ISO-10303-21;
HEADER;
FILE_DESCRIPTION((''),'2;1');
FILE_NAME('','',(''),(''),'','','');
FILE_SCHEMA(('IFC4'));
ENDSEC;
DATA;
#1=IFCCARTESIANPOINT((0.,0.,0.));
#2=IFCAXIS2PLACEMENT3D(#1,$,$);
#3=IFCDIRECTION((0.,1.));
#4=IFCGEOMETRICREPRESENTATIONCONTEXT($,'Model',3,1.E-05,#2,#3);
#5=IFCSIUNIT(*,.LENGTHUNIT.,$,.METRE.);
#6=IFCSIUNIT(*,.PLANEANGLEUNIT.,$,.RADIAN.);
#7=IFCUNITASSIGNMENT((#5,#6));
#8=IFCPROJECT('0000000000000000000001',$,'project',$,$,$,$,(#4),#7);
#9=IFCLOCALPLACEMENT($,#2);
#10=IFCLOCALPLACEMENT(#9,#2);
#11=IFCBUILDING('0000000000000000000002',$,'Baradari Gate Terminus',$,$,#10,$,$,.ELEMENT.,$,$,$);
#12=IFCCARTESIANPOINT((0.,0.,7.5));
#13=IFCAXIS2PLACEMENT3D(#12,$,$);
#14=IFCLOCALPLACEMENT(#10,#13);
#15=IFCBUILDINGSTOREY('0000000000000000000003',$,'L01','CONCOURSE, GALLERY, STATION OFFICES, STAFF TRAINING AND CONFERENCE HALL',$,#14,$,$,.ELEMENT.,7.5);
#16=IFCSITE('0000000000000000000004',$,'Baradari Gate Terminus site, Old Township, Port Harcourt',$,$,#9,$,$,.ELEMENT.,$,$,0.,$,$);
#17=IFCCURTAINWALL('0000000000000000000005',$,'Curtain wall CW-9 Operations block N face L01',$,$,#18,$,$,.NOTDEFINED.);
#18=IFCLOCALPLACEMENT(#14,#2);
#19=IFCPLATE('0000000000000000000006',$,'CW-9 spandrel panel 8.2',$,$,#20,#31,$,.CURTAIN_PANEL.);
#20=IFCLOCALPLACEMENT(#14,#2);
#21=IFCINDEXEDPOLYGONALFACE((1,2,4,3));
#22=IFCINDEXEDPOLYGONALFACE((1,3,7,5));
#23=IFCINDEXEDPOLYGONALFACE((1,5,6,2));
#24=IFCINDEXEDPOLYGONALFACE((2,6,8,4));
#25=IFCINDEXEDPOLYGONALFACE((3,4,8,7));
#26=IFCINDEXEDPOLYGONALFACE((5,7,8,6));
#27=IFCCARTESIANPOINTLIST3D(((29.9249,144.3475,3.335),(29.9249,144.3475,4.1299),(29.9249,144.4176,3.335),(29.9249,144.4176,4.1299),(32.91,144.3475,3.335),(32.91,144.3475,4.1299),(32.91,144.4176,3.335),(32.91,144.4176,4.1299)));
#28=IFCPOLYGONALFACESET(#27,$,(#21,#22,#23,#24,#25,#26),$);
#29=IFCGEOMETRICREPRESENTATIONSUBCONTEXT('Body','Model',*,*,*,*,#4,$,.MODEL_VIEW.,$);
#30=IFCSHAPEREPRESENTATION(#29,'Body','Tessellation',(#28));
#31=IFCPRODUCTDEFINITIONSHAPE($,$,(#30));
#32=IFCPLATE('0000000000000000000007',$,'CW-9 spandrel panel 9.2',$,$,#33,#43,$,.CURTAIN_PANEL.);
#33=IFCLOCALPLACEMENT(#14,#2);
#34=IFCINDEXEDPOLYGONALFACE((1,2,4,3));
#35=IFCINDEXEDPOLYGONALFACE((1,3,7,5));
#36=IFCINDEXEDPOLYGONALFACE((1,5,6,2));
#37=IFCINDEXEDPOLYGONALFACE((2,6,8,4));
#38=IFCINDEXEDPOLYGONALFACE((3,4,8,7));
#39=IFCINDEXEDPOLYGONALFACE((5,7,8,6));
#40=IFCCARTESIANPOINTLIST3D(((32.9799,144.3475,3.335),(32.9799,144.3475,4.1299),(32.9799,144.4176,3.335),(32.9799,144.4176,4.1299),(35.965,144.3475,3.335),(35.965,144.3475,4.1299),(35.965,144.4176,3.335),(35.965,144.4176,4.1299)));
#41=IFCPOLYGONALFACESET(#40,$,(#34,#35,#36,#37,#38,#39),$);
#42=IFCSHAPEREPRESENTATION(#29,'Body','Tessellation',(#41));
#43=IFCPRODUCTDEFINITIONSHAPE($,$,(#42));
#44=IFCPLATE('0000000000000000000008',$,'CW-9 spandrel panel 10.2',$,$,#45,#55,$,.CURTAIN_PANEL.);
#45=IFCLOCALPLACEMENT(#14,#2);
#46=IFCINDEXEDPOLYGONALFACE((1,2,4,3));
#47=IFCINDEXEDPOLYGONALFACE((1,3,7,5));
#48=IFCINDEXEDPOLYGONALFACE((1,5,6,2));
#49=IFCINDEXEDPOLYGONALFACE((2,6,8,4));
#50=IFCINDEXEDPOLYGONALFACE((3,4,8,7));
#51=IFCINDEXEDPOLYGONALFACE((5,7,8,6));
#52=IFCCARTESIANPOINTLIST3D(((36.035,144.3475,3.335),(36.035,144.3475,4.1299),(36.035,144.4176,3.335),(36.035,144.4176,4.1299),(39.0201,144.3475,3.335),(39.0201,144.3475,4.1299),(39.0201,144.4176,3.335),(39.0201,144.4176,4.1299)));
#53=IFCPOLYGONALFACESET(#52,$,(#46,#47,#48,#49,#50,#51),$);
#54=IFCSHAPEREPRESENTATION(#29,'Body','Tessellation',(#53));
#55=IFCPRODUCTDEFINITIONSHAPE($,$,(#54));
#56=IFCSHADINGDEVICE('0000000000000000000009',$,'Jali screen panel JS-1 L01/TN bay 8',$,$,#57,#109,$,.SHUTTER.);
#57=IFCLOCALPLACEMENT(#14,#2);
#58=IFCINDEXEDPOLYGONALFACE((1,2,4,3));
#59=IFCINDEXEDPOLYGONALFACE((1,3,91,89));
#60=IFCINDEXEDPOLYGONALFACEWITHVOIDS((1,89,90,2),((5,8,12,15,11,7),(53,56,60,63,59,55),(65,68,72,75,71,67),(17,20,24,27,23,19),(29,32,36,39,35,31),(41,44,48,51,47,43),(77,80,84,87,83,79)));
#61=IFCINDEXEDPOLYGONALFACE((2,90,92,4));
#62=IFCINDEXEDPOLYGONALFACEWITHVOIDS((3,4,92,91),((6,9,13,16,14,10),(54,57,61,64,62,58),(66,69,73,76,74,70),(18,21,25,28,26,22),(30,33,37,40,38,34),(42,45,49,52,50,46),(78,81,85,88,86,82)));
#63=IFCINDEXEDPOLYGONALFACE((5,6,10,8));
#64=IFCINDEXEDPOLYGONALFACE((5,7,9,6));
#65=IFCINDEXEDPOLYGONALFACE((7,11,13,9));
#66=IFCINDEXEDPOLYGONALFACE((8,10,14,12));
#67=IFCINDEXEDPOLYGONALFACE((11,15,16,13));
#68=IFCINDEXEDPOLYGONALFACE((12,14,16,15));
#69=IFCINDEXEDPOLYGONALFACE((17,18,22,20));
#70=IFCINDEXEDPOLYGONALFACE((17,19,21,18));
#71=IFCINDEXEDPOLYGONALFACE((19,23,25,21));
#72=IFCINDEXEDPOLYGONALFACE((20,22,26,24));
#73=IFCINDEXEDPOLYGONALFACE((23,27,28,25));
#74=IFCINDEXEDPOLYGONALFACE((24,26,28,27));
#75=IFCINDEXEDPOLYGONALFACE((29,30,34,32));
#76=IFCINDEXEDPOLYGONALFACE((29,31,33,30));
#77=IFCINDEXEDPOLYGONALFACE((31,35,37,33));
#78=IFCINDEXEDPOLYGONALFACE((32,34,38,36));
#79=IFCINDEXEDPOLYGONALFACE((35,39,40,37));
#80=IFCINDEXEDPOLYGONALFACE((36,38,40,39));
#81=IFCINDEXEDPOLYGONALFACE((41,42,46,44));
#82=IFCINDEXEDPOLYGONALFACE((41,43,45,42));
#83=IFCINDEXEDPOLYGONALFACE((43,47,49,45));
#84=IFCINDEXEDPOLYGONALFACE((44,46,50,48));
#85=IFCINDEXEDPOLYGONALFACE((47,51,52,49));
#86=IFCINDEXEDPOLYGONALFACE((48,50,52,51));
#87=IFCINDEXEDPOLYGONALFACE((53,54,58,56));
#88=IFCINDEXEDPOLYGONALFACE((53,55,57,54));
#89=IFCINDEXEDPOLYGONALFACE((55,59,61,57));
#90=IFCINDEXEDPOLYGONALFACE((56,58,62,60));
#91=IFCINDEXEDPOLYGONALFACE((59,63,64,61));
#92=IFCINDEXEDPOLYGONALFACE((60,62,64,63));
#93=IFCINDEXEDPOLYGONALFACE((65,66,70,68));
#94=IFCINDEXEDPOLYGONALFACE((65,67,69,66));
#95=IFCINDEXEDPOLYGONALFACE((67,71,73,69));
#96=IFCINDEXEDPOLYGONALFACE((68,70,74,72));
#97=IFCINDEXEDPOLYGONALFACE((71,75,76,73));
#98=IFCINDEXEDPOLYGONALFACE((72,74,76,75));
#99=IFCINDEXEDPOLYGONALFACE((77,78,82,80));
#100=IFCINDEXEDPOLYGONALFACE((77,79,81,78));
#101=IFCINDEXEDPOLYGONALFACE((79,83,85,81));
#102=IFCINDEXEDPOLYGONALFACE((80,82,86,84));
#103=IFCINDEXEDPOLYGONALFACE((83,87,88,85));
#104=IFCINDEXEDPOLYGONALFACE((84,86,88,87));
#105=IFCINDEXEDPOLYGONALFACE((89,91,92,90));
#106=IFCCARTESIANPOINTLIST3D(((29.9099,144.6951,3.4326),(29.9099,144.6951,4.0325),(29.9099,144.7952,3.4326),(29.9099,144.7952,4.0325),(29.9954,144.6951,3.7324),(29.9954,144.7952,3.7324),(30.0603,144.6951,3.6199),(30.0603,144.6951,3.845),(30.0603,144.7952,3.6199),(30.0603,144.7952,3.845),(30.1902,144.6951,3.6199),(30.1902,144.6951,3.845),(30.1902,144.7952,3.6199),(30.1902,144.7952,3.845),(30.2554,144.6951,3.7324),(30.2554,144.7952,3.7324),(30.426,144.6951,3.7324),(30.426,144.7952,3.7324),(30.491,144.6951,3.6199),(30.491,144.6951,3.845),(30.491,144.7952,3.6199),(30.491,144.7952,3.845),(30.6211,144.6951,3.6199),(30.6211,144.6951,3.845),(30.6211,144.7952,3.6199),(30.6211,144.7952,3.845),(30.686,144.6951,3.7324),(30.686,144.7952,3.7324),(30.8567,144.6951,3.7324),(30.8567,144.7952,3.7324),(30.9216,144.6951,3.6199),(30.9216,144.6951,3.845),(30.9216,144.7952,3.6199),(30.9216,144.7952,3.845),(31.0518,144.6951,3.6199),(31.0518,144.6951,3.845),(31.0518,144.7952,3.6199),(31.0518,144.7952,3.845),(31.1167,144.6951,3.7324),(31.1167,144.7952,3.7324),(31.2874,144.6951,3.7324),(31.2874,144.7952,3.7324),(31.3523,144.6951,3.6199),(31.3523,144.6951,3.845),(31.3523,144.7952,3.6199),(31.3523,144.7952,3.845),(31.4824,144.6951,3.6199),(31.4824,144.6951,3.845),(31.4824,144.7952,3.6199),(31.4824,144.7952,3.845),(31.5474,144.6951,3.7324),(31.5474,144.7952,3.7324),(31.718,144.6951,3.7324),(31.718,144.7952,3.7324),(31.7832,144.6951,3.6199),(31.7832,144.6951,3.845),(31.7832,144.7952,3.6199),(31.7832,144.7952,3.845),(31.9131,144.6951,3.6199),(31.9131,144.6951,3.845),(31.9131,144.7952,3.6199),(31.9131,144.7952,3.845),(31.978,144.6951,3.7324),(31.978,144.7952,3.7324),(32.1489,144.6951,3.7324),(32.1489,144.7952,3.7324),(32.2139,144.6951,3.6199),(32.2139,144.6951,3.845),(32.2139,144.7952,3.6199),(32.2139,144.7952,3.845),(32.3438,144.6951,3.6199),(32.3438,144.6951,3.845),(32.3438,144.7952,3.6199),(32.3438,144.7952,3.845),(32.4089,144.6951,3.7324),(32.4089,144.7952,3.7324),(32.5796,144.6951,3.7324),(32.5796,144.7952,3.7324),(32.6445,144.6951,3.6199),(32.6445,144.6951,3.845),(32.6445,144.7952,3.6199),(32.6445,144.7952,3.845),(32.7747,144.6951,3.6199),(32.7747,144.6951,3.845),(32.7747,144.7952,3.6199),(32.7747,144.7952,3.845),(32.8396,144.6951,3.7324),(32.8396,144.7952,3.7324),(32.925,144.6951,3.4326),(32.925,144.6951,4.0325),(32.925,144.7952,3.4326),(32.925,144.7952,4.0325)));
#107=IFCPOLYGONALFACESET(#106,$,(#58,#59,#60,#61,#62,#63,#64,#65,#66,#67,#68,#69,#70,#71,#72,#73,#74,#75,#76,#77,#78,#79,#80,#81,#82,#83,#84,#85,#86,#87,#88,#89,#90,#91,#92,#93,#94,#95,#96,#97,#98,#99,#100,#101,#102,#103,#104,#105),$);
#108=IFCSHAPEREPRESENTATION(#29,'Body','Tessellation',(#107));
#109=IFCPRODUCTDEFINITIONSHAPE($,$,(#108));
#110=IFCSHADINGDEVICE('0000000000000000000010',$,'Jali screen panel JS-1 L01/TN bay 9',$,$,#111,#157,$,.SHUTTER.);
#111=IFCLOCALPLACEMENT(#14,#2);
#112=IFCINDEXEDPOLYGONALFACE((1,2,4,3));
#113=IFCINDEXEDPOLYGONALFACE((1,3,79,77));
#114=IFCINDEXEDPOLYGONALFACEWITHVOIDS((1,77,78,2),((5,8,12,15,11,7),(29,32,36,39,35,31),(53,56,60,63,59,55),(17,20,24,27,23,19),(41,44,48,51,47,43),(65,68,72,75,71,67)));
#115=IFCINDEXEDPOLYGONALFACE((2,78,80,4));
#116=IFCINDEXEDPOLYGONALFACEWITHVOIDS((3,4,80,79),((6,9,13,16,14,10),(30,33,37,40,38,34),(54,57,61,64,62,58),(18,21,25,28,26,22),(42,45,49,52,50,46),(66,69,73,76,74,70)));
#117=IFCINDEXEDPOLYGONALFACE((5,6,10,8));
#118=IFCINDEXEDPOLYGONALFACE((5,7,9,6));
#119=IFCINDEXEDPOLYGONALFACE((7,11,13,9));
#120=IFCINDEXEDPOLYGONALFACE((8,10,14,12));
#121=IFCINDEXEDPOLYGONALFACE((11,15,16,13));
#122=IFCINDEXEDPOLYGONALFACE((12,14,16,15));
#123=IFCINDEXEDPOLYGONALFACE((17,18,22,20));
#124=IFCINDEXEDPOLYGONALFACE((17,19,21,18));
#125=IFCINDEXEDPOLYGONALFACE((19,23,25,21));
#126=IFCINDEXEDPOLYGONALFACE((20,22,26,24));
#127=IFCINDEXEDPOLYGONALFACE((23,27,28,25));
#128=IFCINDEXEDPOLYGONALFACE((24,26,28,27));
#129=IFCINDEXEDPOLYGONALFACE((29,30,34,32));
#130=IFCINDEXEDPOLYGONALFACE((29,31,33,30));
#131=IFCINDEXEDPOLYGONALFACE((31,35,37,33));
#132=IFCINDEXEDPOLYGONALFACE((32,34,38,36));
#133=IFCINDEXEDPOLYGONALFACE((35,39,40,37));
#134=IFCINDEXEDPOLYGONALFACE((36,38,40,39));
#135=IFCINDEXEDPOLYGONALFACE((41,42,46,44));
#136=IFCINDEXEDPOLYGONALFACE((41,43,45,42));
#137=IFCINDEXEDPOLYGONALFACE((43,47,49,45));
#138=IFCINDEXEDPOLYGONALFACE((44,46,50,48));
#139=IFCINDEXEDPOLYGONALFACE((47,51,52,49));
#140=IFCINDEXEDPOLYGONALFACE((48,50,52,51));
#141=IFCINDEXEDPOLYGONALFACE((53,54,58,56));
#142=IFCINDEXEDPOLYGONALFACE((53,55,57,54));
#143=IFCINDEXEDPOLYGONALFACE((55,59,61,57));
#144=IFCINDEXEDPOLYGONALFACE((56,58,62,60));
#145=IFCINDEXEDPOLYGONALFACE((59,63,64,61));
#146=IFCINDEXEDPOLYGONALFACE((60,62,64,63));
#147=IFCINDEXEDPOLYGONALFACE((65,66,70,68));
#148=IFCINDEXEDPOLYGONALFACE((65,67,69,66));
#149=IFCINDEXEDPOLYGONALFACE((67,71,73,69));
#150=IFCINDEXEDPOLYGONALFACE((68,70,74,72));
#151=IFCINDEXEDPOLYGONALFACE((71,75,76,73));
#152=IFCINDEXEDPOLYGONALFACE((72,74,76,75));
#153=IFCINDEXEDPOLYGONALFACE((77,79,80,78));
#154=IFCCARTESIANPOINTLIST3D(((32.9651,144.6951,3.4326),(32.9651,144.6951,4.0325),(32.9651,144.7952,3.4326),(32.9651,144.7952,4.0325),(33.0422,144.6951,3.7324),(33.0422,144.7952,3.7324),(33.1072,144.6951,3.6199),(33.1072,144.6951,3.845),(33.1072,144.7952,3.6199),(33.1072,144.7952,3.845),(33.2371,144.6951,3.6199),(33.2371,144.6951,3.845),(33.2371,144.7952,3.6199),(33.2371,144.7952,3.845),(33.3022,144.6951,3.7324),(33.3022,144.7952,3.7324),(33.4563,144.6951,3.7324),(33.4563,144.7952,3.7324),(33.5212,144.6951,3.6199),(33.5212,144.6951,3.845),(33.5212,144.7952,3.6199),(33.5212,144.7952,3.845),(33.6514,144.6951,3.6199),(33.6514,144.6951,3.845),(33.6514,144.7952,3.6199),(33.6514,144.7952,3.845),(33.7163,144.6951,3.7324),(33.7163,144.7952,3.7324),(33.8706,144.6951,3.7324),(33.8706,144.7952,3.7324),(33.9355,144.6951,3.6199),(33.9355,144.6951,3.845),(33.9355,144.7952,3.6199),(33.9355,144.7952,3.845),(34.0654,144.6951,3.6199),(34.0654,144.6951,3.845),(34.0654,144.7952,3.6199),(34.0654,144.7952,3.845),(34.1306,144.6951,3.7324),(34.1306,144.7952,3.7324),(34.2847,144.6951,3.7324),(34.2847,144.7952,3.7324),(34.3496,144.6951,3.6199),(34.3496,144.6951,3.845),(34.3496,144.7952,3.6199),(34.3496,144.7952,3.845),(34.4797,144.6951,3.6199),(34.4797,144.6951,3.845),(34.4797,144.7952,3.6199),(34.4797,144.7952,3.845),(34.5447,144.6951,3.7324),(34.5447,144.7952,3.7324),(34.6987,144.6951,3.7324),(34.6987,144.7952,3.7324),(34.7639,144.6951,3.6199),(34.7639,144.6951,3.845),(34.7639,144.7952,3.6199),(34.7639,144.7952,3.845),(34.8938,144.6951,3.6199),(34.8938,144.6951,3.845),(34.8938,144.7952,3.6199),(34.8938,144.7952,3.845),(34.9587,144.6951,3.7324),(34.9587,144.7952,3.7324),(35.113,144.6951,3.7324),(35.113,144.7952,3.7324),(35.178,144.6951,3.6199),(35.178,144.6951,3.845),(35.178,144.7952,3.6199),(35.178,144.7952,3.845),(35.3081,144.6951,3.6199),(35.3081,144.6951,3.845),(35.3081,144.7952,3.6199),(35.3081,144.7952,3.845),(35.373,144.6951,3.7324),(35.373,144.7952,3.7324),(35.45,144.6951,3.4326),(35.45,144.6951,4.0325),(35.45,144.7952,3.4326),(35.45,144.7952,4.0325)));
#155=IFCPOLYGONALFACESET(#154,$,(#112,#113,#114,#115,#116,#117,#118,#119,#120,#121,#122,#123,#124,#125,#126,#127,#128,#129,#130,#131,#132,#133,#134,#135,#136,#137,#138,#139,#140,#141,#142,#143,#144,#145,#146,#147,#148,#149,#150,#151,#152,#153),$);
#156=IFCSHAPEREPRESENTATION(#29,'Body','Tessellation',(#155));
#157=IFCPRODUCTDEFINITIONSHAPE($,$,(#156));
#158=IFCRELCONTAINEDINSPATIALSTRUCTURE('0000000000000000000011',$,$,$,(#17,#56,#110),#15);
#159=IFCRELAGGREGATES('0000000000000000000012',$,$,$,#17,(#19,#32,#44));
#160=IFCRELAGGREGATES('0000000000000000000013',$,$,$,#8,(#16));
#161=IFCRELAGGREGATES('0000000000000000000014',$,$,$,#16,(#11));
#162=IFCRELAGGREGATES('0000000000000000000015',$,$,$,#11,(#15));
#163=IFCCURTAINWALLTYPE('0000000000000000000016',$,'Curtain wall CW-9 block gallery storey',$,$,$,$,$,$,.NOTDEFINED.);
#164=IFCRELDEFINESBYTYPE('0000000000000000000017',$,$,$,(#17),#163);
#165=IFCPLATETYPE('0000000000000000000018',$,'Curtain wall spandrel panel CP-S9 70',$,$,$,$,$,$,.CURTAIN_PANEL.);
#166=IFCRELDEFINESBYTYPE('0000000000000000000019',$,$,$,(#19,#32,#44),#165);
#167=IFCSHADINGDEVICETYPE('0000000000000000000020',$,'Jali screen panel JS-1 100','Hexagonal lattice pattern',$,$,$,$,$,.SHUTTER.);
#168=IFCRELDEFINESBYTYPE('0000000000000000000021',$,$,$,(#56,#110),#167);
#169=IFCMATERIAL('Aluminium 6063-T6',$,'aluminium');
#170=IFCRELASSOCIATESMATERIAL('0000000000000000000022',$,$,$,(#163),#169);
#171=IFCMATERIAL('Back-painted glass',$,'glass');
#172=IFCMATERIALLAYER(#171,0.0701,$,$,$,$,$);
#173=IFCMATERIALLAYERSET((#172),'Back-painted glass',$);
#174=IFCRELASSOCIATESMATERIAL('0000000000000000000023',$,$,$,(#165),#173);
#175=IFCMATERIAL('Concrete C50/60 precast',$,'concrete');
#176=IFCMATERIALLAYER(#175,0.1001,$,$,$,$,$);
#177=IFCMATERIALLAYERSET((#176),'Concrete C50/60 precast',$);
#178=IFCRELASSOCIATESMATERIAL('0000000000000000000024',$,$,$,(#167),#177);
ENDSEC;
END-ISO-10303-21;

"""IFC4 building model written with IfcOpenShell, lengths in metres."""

from ifc_helpers import new_model, si_unit, direction, frame, origin, origin_2d, place, context, subcontext, project, spatial, polyline, rectangle, outline, extrude, material, layer, layer_set, type_object, element, aggregate, save


model = new_model("IFC4")

# Units and contexts
model_context = context("Model", 3, precision=1e-05, world=origin(), true_north=direction((0.0, 1.0)))
body_context = subcontext(model_context, "Body", "Model", "MODEL_VIEW")
ifc_project = project(units=[si_unit("LENGTHUNIT", "METRE"), si_unit("PLANEANGLEUNIT", "RADIAN")], contexts=[model_context])

# Site, building, storey
site_placement = place(None, origin())
site = spatial("IfcSite", under=ifc_project, at=site_placement, Name="Baradari Gate Terminus site, Old Township, Port Harcourt", CompositionType="ELEMENT", RefElevation=0.0)
building_placement = place(site_placement, origin())
building = spatial("IfcBuilding", under=site, at=building_placement, Name="Baradari Gate Terminus", CompositionType="ELEMENT")
storey_placement = place(building_placement, frame((0.0, 0.0, 7.5)))
storey = spatial("IfcBuildingStorey", under=building, at=storey_placement, Name="L01", Description="CONCOURSE, GALLERY, STATION OFFICES, STAFF TRAINING AND CONFERENCE HALL", CompositionType="ELEMENT", Elevation=7.5)

# Curtain wall, plates
ifc_material_1 = material(Name="Aluminium 6063-T6", Category="aluminium")
curtain_wall_type = type_object("IfcCurtainWallType", Name="Curtain wall CW-9 block gallery storey", PredefinedType="NOTDEFINED", material=ifc_material_1)
curtain_wall_placement = place(storey_placement, origin())
curtain_wall = element("IfcCurtainWall", 1, at=curtain_wall_placement, inside=storey, type_object=curtain_wall_type, Name="Curtain wall CW-9 Operations block N face L01", PredefinedType="NOTDEFINED")
ifc_material_2 = material(Name="Back-painted glass", Category="glass")
ifc_layer_1 = layer(ifc_material_2, 0.0701)
ifc_layer_set_1 = layer_set([ifc_layer_1], Name="Back-painted glass")
plate_type_1 = type_object("IfcPlateType", Name="Curtain wall spandrel panel CP-S9 70", PredefinedType="CURTAIN_PANEL", material=ifc_layer_set_1)
plate_1_placement = place(storey_placement, frame((31.4175, 144.3826, 3.335), z_axis=(0.0, 0.0, 1.0), x_axis=(1.0, 0.0, 0.0)))
plate_1 = element("IfcPlate", 2, at=plate_1_placement, type_object=plate_type_1, Name="CW-9 spandrel panel 8.2", PredefinedType="CURTAIN_PANEL", context=body_context, shape_type="SweptSolid", body=[
    extrude(rectangle(XDim=2.9851, YDim=0.0701, at=origin_2d()), origin(), (0.0, 0.0, 1.0), 0.7949),
])
plate_2_placement = place(storey_placement, frame((34.4724, 144.3826, 3.335), z_axis=(0.0, 0.0, 1.0), x_axis=(1.0, 0.0, 0.0)))
plate_2 = element("IfcPlate", 3, at=plate_2_placement, type_object=plate_type_1, Name="CW-9 spandrel panel 9.2", PredefinedType="CURTAIN_PANEL", context=body_context, shape_type="SweptSolid", body=[
    extrude(rectangle(XDim=2.9851, YDim=0.0701, at=origin_2d()), origin(), (0.0, 0.0, 1.0), 0.7949),
])
plate_3_placement = place(storey_placement, frame((37.5276, 144.3826, 3.335), z_axis=(0.0, 0.0, 1.0), x_axis=(1.0, 0.0, 0.0)))
plate_3 = element("IfcPlate", 4, at=plate_3_placement, type_object=plate_type_1, Name="CW-9 spandrel panel 10.2", PredefinedType="CURTAIN_PANEL", context=body_context, shape_type="SweptSolid", body=[
    extrude(rectangle(XDim=2.9851, YDim=0.0701, at=origin_2d()), origin(), (0.0, 0.0, 1.0), 0.7949),
])
aggregate(curtain_wall, [plate_1, plate_2, plate_3])

# Shading devices
ifc_material_3 = material(Name="Concrete C50/60 precast", Category="concrete")
ifc_layer_2 = layer(ifc_material_3, 0.1001)
ifc_layer_set_2 = layer_set([ifc_layer_2], Name="Concrete C50/60 precast")
shading_device_type = type_object("IfcShadingDeviceType", Name="Jali screen panel JS-1 100", Description="Hexagonal lattice pattern", PredefinedType="SHUTTER", material=ifc_layer_set_2)
shading_device_placement = place(storey_placement, frame((29.9099, 144.7451, 3.4326), z_axis=(0.0, 0.0, 1.0), x_axis=(1.0, 0.0, 0.0)))
element("IfcShadingDevice", 5, at=shading_device_placement, inside=storey, type_object=shading_device_type, Name="Jali screen panel JS-1 L01/TN bay 8", PredefinedType="SHUTTER", context=body_context, shape_type="SweptSolid", body=[
    extrude(outline(polyline([(0.0, 0.0), (3.0151, 0.0), (3.0151, 0.5999), (0.0, 0.5999), (0.0, 0.0)]), holes=[polyline([(0.3455, 0.2998), (0.2803, 0.1873), (0.1504, 0.1873), (0.0854, 0.2998), (0.1504, 0.4124), (0.2803, 0.4124), (0.3455, 0.2998)]), polyline([(0.7761, 0.2998), (0.7112, 0.1873), (0.5811, 0.1873), (0.5161, 0.2998), (0.5811, 0.4124), (0.7112, 0.4124), (0.7761, 0.2998)]), polyline([(1.2068, 0.2998), (1.1418, 0.1873), (1.0117, 0.1873), (0.9468, 0.2998), (1.0117, 0.4124), (1.1418, 0.4124), (1.2068, 0.2998)]), polyline([(1.6375, 0.2998), (1.5725, 0.1873), (1.4424, 0.1873), (1.3774, 0.2998), (1.4424, 0.4124), (1.5725, 0.4124), (1.6375, 0.2998)]), polyline([(2.0681, 0.2998), (2.0032, 0.1873), (1.8733, 0.1873), (1.8081, 0.2998), (1.8733, 0.4124), (2.0032, 0.4124), (2.0681, 0.2998)]), polyline([(2.499, 0.2998), (2.4338, 0.1873), (2.304, 0.1873), (2.239, 0.2998), (2.304, 0.4124), (2.4338, 0.4124), (2.499, 0.2998)]), polyline([(2.9297, 0.2998), (2.8647, 0.1873), (2.7346, 0.1873), (2.6697, 0.2998), (2.7346, 0.4124), (2.8647, 0.4124), (2.9297, 0.2998)])]), frame((0.0, 0.05, 0.0), z_axis=(0.0, -1.0, 0.0), x_axis=(1.0, 0.0, 0.0)), (0.0, 0.0, 1.0), 0.1001),
])
for number, where, z_axis, x_axis, name in (
    (6, (32.9651, 144.7451, 3.4326), (0.0, 0.0, 1.0), (1.0, 0.0, 0.0), "Jali screen panel JS-1 L01/TN bay 9"),
):
    element("IfcShadingDevice", number, at=place(storey_placement, frame(where, z_axis=z_axis, x_axis=x_axis)), inside=storey, type_object=shading_device_type, Name=name, PredefinedType="SHUTTER", context=body_context, shape_type="SweptSolid", body=[
        extrude(outline(polyline([(0.0, 0.0), (2.4849, 0.0), (2.4849, 0.5999), (0.0, 0.5999), (0.0, 0.0)]), holes=[polyline([(0.3372, 0.2998), (0.272, 0.1873), (0.1421, 0.1873), (0.0771, 0.2998), (0.1421, 0.4124), (0.272, 0.4124), (0.3372, 0.2998)]), polyline([(0.7512, 0.2998), (0.6863, 0.1873), (0.5562, 0.1873), (0.4912, 0.2998), (0.5562, 0.4124), (0.6863, 0.4124), (0.7512, 0.2998)]), polyline([(1.1655, 0.2998), (1.1003, 0.1873), (0.9705, 0.1873), (0.9055, 0.2998), (0.9705, 0.4124), (1.1003, 0.4124), (1.1655, 0.2998)]), polyline([(1.5796, 0.2998), (1.5146, 0.1873), (1.3845, 0.1873), (1.3196, 0.2998), (1.3845, 0.4124), (1.5146, 0.4124), (1.5796, 0.2998)]), polyline([(1.9937, 0.2998), (1.9287, 0.1873), (1.7988, 0.1873), (1.7336, 0.2998), (1.7988, 0.4124), (1.9287, 0.4124), (1.9937, 0.2998)]), polyline([(2.408, 0.2998), (2.343, 0.1873), (2.2129, 0.1873), (2.1479, 0.2998), (2.2129, 0.4124), (2.343, 0.4124), (2.408, 0.2998)])]), frame((0.0, 0.05, 0.0), z_axis=(0.0, -1.0, 0.0), x_axis=(1.0, 0.0, 0.0)), (0.0, 0.0, 1.0), 0.1001),
    ])

save(model, "model.ifc")
